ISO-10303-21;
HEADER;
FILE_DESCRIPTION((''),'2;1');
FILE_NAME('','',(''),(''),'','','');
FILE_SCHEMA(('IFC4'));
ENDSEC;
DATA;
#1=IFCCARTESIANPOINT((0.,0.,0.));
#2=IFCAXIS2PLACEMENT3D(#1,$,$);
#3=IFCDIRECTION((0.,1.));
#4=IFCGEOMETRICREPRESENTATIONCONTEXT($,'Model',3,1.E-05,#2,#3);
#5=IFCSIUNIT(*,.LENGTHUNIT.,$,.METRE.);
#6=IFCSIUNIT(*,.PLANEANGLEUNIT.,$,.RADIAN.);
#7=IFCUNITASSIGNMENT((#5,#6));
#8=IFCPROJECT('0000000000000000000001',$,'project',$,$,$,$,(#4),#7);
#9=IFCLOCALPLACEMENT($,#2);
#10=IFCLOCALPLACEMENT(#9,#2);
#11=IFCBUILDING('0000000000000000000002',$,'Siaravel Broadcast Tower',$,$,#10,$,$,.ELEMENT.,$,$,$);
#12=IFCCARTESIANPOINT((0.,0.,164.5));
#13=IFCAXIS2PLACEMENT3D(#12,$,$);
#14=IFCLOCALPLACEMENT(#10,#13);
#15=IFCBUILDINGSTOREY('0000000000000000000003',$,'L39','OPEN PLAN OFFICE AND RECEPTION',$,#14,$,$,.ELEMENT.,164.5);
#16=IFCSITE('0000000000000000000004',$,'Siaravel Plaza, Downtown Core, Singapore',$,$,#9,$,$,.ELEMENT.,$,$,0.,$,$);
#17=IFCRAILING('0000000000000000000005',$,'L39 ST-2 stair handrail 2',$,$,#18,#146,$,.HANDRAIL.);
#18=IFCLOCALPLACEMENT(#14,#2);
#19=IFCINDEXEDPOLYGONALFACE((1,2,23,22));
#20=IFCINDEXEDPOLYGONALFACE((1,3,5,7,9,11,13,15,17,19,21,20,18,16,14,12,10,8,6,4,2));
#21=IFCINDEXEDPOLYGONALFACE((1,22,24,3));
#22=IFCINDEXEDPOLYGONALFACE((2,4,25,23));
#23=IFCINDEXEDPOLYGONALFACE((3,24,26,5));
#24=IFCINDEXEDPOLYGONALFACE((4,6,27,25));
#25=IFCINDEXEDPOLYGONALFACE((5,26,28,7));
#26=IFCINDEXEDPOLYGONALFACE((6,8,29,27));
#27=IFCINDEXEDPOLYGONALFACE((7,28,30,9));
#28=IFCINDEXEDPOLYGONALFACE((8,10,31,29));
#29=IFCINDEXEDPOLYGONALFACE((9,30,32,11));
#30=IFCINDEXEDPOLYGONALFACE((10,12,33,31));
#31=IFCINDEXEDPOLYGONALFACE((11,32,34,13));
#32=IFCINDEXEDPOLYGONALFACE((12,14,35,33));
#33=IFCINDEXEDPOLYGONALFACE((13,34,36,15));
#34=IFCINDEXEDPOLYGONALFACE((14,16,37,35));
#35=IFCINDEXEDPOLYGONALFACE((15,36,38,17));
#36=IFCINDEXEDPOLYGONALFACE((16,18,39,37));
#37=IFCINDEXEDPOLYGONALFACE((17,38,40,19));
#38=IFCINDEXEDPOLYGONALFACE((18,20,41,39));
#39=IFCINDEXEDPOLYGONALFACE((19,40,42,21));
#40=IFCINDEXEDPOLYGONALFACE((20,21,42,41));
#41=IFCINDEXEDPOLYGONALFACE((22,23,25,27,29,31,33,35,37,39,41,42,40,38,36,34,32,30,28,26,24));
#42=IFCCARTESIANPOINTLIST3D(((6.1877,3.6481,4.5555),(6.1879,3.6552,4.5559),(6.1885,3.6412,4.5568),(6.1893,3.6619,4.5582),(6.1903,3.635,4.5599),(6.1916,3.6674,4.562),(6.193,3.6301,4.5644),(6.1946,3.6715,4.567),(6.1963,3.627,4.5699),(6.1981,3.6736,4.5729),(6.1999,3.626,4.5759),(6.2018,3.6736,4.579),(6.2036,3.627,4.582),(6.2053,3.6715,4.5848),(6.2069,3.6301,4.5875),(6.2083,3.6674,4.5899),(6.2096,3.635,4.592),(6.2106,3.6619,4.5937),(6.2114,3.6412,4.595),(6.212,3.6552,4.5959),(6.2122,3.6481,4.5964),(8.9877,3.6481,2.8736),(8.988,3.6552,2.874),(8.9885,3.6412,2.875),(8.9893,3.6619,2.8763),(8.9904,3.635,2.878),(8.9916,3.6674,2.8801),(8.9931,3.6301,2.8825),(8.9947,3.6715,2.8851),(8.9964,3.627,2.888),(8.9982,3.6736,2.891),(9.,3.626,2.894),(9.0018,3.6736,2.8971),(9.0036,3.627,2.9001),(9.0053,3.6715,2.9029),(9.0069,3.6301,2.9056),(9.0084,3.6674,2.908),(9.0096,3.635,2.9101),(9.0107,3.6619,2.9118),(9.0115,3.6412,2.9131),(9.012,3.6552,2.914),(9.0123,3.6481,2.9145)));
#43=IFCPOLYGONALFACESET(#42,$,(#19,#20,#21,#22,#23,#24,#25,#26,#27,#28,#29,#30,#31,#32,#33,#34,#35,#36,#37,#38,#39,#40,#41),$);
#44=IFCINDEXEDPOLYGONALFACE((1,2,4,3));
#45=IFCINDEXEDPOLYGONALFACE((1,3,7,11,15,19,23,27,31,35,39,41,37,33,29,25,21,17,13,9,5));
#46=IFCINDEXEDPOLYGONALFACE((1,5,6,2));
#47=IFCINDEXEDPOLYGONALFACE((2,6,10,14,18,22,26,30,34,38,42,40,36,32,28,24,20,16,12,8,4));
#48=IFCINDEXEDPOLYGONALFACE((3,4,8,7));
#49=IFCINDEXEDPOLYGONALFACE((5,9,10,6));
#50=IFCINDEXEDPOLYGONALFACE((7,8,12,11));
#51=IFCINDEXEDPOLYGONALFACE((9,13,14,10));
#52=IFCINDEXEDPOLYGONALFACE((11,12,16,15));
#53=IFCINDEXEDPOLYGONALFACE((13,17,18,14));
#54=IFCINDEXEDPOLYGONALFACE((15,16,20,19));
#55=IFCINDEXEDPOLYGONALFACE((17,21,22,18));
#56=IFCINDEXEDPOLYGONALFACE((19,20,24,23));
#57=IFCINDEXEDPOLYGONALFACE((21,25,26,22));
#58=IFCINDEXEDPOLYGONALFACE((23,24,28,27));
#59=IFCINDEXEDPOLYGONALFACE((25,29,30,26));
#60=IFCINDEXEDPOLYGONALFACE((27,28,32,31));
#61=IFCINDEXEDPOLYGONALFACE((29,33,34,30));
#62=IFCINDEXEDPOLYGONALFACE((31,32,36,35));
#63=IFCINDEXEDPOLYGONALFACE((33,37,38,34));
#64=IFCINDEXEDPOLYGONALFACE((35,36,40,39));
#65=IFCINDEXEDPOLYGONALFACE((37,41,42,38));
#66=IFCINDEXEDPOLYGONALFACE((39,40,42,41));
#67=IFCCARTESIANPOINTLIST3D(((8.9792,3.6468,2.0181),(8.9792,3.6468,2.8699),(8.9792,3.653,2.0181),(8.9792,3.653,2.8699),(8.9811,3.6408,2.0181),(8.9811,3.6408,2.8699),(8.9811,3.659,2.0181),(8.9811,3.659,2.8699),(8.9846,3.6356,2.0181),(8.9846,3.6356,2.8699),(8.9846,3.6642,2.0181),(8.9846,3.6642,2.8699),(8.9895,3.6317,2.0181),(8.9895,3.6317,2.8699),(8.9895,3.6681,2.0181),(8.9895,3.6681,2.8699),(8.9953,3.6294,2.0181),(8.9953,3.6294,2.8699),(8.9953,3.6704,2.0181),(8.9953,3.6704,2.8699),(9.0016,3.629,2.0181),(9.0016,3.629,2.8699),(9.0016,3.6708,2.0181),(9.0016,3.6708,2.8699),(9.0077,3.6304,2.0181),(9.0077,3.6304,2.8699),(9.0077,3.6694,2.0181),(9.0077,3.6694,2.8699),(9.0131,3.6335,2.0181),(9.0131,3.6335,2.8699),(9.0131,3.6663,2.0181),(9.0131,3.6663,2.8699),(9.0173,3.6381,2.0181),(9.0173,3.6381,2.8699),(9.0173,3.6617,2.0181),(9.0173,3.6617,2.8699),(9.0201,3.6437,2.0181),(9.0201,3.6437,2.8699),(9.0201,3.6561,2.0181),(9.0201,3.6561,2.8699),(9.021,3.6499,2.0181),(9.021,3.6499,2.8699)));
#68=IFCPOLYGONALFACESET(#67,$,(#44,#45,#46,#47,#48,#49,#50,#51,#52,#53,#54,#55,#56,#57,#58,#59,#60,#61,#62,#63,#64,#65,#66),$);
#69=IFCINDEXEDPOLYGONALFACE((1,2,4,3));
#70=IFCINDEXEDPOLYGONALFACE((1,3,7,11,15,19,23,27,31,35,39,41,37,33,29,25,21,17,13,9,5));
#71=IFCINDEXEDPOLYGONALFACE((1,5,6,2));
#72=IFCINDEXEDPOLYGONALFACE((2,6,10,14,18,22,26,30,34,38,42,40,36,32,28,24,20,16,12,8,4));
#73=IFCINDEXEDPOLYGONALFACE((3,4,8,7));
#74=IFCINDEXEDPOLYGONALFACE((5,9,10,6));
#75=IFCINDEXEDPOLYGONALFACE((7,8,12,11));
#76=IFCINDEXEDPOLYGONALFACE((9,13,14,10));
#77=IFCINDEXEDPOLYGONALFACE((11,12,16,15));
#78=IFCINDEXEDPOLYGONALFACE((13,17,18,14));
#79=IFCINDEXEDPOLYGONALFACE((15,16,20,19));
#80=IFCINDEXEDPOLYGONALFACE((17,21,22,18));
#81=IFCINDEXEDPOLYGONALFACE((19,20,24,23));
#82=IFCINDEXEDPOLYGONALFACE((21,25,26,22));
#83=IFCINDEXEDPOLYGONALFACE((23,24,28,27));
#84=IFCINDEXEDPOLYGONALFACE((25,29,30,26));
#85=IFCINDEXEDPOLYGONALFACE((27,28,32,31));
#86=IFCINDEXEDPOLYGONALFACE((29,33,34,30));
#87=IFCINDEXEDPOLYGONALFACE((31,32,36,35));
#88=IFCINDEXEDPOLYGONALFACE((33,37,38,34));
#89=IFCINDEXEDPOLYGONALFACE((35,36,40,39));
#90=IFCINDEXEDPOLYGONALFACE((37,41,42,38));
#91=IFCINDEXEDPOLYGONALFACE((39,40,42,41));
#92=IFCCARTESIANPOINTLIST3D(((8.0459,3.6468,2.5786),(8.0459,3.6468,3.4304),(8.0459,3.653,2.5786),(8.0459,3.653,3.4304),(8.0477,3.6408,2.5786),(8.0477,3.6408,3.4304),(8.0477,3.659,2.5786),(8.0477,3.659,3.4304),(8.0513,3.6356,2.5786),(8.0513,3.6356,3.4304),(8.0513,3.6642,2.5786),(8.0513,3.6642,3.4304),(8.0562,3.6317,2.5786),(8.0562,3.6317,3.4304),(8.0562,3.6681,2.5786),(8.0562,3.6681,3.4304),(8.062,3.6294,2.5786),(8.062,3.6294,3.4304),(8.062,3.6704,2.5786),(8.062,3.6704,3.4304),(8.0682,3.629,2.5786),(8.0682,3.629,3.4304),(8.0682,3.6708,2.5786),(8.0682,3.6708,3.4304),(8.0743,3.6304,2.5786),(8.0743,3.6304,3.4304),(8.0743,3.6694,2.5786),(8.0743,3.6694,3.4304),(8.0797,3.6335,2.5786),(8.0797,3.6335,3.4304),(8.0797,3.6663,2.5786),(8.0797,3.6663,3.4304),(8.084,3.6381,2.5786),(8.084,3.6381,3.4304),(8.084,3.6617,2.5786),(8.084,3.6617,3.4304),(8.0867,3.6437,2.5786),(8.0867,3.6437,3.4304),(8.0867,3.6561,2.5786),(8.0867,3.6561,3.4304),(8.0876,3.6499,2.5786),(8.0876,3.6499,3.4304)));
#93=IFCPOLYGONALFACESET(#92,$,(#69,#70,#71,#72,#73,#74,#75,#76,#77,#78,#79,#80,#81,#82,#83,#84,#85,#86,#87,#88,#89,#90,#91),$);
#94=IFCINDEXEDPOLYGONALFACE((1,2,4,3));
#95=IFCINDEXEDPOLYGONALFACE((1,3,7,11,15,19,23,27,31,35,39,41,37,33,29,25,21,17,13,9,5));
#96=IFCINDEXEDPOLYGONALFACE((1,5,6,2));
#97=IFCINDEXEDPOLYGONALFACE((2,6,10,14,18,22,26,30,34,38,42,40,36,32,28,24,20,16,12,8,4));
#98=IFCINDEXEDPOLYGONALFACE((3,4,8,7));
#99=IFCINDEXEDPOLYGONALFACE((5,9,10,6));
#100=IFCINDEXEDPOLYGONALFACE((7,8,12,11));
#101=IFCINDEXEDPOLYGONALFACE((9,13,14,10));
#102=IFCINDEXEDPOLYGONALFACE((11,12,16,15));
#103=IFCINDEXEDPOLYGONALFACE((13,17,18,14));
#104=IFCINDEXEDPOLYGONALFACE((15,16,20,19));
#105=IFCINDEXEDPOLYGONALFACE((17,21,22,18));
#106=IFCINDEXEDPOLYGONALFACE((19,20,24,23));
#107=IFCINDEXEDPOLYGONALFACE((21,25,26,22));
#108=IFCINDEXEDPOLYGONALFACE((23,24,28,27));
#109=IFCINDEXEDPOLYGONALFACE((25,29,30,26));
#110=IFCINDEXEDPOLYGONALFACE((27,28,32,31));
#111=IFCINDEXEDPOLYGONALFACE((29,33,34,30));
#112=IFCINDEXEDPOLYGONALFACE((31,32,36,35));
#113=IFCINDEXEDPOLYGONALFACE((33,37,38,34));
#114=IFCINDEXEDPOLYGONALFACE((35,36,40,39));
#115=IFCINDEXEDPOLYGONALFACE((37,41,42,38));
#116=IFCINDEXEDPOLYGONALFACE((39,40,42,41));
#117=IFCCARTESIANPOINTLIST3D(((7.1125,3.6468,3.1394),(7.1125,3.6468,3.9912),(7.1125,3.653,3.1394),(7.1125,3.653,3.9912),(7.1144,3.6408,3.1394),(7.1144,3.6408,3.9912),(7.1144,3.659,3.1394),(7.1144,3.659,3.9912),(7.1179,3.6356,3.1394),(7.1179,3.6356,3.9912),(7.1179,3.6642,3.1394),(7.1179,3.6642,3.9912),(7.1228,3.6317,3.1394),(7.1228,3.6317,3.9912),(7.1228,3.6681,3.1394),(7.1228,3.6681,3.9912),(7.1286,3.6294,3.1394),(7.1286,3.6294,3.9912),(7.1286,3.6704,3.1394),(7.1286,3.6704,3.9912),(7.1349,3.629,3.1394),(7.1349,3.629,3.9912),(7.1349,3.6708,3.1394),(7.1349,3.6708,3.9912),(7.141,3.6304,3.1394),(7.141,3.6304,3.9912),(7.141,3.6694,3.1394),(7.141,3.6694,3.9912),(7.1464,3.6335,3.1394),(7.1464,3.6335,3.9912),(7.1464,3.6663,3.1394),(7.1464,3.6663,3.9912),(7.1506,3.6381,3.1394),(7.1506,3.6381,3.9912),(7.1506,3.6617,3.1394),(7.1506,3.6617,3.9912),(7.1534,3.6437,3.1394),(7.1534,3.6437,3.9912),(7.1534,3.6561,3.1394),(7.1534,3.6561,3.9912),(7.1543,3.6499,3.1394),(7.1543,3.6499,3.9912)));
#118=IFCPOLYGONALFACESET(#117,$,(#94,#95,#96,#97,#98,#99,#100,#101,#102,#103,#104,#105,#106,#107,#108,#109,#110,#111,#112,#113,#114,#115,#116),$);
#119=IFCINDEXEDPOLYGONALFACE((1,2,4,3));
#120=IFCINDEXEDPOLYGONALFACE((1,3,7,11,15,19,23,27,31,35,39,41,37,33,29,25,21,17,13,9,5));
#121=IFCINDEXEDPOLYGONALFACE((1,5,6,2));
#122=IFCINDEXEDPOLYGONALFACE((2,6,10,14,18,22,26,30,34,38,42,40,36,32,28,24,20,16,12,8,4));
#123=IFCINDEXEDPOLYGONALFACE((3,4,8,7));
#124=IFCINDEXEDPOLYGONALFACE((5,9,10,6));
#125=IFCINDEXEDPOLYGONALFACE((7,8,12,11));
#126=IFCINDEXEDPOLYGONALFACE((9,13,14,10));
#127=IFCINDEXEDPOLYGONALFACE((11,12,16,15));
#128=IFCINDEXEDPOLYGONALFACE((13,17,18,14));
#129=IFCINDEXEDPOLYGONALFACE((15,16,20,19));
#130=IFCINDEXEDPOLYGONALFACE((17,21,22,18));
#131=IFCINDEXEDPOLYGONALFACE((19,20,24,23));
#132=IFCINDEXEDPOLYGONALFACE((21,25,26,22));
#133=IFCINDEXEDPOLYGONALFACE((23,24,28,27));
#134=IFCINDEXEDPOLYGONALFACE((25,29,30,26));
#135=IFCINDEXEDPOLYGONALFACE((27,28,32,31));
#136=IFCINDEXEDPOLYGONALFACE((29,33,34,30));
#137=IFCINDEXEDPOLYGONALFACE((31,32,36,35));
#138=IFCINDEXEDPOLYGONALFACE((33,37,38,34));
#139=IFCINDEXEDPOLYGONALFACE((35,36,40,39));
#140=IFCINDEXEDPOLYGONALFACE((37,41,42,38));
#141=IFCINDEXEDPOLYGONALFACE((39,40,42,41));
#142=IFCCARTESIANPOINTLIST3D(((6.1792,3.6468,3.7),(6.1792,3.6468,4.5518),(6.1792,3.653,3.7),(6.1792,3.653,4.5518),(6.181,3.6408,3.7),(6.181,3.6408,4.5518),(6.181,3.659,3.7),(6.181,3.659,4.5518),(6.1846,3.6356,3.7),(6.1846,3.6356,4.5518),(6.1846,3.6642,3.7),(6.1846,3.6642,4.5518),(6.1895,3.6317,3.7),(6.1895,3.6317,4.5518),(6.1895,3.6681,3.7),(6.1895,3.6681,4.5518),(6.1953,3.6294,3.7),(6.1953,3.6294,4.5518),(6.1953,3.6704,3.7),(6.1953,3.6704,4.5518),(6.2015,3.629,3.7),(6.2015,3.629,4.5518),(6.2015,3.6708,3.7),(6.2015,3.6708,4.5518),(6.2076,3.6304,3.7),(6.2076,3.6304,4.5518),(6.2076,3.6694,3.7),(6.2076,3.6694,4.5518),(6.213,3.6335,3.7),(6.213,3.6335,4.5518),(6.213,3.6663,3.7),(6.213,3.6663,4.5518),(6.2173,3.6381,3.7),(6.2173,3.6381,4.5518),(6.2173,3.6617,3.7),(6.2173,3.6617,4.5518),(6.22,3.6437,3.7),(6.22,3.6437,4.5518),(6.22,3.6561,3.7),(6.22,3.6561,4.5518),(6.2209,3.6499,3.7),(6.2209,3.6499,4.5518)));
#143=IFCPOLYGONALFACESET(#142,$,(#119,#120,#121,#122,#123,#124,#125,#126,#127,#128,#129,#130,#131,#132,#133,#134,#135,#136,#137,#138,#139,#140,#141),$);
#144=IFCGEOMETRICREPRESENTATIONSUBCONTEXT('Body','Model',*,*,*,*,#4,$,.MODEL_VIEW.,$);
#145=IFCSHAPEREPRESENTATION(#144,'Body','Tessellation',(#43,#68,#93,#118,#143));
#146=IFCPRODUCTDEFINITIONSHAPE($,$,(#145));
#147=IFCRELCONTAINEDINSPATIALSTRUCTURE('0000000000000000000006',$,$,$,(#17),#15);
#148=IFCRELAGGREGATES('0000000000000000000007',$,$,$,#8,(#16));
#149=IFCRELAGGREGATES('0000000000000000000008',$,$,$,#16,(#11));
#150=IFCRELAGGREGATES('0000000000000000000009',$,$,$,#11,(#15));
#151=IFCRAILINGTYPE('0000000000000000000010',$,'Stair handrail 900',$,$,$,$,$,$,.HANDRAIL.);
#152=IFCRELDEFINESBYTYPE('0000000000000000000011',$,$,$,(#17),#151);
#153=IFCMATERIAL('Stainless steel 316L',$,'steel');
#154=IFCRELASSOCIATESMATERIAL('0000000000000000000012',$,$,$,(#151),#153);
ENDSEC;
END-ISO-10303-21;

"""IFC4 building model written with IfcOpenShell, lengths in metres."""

from ifc_helpers import new_model, si_unit, direction, frame, origin, origin_2d, place, context, subcontext, project, spatial, circle, extrude, material, type_object, element, save


model = new_model("IFC4")

# Units and contexts
model_context = context("Model", 3, precision=1e-05, world=origin(), true_north=direction((0.0, 1.0)))
body_context = subcontext(model_context, "Body", "Model", "MODEL_VIEW")
ifc_project = project(units=[si_unit("LENGTHUNIT", "METRE"), si_unit("PLANEANGLEUNIT", "RADIAN")], contexts=[model_context])

# Site, building, storey
site_placement = place(None, origin())
site = spatial("IfcSite", under=ifc_project, at=site_placement, Name="Siaravel Plaza, Downtown Core, Singapore", CompositionType="ELEMENT", RefElevation=0.0)
building_placement = place(site_placement, origin())
building = spatial("IfcBuilding", under=site, at=building_placement, Name="Siaravel Broadcast Tower", CompositionType="ELEMENT")
storey_placement = place(building_placement, frame((0.0, 0.0, 164.5)))
storey = spatial("IfcBuildingStorey", under=building, at=storey_placement, Name="L39", Description="OPEN PLAN OFFICE AND RECEPTION", CompositionType="ELEMENT", Elevation=164.5)

# Railing
ifc_material_1 = material(Name="Stainless steel 316L", Category="steel")
railing_type_1 = type_object("IfcRailingType", Name="Stair handrail 900", PredefinedType="HANDRAIL", material=ifc_material_1)
railing_1_placement = place(storey_placement, frame((9.0, 3.6499, 2.0181)))
element("IfcRailing", 1, at=railing_1_placement, inside=storey, type_object=railing_type_1, Name="L39 ST-2 stair handrail 2", PredefinedType="HANDRAIL", context=body_context, shape_type="SweptSolid", body=[
    extrude(circle(Radius=0.0239, at=origin_2d()), frame((0.0, 0.0, 0.876), z_axis=(-0.857242, 0.0, 0.514913), x_axis=(0.0, -1.0, 0.0)), (0.0, 0.0, 1.0), 3.2664),
    extrude(circle(Radius=0.021, at=origin_2d()), origin(), (0.0, 0.0, 1.0), 0.8518),
    extrude(circle(Radius=0.021, at=origin_2d()), frame((-0.9333, 0.0, 0.5605)), (0.0, 0.0, 1.0), 0.8518),
    extrude(circle(Radius=0.021, at=origin_2d()), frame((-1.8667, 0.0, 1.1213)), (0.0, 0.0, 1.0), 0.8518),
    extrude(circle(Radius=0.021, at=origin_2d()), frame((-2.8, 0.0, 1.6819)), (0.0, 0.0, 1.0), 0.8518),
])

save(model, "model.ifc")
